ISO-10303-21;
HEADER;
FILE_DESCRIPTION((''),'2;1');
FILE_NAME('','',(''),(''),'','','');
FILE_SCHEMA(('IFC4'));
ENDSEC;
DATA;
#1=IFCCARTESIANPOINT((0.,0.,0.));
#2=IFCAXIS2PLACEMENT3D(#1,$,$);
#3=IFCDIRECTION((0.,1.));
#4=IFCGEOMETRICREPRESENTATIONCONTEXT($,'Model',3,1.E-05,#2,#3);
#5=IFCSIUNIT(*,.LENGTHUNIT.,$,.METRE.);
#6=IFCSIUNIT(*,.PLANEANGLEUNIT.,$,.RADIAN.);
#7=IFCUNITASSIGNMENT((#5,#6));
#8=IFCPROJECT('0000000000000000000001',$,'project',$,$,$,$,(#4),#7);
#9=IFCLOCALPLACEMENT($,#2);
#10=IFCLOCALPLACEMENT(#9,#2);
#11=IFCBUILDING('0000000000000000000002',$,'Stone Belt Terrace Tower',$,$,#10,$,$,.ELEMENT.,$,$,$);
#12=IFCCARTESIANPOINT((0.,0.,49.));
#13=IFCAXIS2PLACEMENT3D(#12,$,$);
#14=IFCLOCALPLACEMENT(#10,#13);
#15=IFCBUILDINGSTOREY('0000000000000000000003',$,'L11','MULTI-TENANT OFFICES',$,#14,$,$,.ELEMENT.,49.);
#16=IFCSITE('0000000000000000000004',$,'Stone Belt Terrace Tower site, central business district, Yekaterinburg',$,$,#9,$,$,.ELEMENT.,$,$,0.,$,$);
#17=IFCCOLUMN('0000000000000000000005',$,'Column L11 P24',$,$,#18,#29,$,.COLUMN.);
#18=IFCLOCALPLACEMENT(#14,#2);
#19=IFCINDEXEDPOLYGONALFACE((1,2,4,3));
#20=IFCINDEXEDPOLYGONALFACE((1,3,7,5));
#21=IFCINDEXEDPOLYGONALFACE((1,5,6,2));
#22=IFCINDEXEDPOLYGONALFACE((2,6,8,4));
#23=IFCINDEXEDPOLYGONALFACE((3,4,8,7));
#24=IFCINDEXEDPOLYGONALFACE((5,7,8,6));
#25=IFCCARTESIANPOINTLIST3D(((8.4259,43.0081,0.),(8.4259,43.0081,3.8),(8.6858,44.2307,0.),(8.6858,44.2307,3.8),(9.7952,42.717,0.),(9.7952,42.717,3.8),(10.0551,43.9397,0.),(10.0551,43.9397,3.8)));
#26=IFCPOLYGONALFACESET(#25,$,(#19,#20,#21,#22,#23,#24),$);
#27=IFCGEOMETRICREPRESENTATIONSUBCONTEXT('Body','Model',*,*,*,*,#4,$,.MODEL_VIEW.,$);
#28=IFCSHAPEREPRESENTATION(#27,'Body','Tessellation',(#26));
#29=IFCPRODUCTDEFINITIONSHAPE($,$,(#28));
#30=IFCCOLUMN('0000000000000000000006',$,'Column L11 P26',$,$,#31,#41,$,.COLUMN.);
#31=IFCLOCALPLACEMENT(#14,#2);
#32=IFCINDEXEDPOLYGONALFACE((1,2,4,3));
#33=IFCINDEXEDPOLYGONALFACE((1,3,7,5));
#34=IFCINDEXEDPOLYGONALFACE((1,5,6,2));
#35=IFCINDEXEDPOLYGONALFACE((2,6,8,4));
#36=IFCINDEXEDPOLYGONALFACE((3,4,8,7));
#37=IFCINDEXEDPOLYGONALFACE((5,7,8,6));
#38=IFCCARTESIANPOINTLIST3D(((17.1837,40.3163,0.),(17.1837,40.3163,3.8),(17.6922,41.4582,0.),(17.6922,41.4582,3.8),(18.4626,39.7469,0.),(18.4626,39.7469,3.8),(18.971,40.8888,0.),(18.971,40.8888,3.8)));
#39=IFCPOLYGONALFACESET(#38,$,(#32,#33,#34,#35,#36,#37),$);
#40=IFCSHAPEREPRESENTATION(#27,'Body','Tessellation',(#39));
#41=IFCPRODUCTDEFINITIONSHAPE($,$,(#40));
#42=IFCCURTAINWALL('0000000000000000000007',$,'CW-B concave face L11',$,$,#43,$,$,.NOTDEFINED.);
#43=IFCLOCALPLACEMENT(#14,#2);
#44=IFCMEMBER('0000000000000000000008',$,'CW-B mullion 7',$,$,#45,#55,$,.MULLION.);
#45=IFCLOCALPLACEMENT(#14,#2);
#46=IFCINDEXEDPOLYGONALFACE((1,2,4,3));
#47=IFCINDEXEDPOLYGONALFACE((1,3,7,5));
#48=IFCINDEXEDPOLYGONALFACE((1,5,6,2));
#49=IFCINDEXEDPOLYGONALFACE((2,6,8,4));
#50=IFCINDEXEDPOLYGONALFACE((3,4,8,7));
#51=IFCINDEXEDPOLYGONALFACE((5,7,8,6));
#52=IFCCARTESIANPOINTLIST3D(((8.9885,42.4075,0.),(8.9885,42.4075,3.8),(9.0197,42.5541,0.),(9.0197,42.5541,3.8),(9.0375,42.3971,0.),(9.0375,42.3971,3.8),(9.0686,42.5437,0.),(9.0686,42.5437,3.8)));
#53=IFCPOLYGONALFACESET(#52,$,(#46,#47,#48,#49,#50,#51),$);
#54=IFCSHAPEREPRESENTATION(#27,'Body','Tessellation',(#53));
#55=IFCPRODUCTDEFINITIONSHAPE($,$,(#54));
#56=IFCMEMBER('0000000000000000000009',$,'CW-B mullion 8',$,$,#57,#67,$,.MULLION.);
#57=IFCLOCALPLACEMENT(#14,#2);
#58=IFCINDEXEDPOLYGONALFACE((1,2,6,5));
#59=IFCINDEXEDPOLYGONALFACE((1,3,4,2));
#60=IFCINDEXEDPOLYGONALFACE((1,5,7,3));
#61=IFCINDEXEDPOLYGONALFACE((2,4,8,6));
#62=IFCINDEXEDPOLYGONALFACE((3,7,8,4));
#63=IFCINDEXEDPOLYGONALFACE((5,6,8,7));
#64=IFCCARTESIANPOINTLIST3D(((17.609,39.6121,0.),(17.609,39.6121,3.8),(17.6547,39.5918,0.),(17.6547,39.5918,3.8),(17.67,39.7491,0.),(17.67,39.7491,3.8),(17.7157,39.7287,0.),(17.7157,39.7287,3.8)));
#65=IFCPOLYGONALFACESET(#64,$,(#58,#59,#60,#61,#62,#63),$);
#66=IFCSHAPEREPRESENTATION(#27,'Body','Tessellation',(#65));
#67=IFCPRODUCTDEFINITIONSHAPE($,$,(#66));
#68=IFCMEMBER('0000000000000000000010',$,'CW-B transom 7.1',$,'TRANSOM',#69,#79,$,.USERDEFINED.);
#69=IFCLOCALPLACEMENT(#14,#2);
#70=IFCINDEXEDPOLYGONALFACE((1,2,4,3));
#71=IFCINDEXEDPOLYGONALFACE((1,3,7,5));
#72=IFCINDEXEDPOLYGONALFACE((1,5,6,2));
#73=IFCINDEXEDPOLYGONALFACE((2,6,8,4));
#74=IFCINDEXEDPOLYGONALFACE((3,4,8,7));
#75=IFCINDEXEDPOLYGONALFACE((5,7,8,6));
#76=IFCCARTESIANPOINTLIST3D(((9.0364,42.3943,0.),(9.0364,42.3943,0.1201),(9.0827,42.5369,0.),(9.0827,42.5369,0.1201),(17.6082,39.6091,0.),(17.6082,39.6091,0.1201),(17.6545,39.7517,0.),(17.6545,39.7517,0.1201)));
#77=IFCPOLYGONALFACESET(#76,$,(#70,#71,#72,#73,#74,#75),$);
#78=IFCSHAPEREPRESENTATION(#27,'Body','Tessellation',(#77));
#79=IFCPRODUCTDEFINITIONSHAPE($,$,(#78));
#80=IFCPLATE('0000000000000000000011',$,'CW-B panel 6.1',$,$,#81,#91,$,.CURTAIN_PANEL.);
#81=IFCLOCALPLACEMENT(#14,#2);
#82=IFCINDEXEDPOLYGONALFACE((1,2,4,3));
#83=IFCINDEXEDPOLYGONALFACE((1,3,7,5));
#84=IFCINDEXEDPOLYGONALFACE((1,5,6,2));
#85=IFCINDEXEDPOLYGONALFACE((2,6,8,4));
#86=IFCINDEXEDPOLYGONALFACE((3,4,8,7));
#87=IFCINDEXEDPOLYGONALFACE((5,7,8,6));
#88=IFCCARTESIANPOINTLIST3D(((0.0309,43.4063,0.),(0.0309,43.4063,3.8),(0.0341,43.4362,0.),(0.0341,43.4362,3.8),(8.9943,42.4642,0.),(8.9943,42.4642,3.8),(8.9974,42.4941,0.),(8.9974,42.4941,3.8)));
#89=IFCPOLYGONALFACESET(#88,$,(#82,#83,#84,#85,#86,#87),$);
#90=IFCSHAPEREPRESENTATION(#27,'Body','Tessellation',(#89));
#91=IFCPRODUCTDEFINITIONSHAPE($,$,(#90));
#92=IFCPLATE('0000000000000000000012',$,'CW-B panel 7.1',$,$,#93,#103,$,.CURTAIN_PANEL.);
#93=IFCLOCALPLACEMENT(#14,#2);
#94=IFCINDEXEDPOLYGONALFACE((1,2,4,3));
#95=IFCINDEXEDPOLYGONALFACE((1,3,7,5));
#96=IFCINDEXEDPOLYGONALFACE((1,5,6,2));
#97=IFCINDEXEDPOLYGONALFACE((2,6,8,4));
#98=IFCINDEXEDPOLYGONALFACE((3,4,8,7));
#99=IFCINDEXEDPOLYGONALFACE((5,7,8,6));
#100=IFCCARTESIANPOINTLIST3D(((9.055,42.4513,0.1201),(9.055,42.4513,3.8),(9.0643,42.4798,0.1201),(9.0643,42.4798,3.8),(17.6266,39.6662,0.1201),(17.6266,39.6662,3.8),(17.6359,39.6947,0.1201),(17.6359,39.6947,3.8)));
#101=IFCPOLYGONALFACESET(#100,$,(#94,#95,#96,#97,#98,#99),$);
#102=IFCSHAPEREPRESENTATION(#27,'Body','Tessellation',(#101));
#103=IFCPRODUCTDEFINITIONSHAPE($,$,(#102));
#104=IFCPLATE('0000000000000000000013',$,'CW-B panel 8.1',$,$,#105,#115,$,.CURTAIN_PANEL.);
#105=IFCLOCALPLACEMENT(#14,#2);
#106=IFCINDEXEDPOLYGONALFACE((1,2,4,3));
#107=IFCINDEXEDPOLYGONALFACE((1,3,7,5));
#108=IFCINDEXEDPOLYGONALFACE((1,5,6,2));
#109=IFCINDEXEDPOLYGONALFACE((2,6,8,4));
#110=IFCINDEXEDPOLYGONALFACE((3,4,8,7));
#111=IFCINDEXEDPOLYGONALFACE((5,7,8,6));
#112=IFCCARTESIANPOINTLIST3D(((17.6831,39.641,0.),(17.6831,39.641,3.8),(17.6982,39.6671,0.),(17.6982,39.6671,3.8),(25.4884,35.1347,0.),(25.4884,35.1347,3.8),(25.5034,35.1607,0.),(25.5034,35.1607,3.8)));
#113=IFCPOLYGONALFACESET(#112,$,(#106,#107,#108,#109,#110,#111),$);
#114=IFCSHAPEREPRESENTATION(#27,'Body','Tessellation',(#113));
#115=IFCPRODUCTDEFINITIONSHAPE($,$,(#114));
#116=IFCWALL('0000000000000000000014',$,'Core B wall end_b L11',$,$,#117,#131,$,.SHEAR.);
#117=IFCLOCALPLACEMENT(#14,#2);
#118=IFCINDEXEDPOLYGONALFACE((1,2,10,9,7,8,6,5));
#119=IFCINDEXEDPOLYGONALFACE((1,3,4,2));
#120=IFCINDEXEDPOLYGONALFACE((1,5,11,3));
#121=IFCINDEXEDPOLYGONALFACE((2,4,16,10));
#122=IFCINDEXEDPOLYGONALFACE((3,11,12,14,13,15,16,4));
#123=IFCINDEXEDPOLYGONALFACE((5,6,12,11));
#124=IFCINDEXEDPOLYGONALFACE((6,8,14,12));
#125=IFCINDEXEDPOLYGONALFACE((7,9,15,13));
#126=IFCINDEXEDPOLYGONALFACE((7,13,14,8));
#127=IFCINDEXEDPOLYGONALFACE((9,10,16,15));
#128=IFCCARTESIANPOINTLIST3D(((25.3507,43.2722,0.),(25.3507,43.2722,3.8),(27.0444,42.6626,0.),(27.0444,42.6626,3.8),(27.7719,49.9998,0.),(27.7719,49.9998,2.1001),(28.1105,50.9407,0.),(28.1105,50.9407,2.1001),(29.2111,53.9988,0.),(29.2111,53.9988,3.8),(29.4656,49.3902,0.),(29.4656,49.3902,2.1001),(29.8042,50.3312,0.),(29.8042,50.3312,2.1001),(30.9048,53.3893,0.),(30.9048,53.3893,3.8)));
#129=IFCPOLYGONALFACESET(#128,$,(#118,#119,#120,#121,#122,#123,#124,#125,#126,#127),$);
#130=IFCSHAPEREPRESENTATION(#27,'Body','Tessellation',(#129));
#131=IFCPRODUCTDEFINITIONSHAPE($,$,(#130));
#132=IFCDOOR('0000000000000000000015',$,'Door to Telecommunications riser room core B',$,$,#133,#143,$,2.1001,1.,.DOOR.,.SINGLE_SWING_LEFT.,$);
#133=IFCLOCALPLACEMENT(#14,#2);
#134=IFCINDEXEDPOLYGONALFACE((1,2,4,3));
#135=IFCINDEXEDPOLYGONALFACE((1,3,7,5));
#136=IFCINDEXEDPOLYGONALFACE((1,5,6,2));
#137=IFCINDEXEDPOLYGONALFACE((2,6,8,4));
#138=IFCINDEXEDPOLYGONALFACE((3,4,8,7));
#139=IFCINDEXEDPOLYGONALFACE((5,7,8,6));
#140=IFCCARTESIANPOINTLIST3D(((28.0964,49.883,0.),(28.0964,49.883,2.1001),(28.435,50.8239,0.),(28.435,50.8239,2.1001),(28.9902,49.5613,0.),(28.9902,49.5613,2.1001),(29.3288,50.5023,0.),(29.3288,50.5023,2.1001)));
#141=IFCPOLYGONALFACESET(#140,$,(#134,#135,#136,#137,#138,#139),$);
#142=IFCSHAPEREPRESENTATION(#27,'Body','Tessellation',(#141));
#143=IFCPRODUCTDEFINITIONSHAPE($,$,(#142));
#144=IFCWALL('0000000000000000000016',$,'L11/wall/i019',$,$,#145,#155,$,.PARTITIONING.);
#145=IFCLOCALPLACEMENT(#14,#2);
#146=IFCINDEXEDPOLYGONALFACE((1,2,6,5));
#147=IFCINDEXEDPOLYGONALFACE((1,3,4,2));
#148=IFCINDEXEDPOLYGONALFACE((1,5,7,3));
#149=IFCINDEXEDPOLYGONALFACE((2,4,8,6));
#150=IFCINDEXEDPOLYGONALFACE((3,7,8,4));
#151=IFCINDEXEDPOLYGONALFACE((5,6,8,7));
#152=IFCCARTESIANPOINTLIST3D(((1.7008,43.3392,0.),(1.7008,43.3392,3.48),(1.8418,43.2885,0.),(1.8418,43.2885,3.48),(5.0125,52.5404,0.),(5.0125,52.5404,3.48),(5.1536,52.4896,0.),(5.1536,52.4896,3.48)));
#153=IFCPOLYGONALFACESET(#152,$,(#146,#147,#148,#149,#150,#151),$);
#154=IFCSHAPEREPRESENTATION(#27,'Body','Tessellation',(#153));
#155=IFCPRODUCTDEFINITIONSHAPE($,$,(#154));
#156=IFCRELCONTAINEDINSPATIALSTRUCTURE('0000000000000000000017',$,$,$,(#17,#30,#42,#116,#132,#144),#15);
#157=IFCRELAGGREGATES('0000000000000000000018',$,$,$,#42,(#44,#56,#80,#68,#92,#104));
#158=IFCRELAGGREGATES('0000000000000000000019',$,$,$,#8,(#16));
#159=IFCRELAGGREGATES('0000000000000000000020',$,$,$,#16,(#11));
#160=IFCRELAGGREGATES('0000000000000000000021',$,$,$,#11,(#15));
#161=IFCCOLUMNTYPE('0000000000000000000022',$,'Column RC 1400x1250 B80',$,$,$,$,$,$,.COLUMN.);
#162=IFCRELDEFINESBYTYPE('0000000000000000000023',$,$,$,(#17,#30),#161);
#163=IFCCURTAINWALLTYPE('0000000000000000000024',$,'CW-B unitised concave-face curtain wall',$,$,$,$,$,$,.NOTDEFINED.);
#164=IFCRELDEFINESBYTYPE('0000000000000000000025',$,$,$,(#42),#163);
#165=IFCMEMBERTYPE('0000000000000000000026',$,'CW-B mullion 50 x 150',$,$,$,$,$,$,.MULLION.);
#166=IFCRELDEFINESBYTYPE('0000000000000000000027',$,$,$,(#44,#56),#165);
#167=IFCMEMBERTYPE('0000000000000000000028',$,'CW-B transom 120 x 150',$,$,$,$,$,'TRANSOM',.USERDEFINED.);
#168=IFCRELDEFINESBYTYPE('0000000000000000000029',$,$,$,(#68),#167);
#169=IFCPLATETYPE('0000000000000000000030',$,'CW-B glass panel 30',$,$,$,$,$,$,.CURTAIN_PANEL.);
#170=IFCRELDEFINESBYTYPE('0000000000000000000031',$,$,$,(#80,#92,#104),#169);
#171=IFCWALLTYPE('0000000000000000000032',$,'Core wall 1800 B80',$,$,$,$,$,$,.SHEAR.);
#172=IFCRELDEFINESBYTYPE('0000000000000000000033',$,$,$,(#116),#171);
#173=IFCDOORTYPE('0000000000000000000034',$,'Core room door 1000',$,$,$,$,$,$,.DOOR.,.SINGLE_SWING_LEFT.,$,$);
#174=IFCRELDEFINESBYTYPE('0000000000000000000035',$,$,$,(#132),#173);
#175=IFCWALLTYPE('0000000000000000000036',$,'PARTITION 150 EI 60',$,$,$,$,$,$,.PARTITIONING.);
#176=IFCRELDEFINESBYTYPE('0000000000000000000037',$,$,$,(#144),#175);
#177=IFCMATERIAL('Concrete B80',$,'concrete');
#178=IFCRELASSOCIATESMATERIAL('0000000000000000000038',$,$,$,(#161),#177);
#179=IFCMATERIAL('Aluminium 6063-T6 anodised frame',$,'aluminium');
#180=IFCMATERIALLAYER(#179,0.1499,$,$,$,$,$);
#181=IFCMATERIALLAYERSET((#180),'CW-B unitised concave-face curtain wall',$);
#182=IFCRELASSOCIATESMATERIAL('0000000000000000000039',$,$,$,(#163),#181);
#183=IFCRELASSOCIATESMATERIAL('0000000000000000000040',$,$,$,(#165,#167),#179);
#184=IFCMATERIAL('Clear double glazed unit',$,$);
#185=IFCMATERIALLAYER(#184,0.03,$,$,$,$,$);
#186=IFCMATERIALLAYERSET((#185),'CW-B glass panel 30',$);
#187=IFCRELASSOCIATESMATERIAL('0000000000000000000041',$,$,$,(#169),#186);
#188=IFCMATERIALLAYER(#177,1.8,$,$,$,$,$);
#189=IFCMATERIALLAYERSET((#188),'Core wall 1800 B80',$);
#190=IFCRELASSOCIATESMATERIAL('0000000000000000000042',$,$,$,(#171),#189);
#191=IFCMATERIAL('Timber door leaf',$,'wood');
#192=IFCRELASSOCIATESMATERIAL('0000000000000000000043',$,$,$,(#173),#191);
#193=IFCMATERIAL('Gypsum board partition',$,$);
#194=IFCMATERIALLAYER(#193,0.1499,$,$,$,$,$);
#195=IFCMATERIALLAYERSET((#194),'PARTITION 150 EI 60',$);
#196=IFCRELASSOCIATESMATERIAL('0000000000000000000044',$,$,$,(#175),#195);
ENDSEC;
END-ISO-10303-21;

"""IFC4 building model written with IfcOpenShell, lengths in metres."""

from ifc_helpers import new_model, si_unit, direction, frame, frame_2d, origin, origin_2d, place, context, subcontext, project, spatial, rectangle, extrude, material, layer, layer_set, material_profile, profile_set, type_object, element, fill, aggregate, save


model = new_model("IFC4")

# Units and contexts
model_context = context("Model", 3, precision=1e-05, world=origin(), true_north=direction((0.0, 1.0)))
body_context = subcontext(model_context, "Body", "Model", "MODEL_VIEW")
ifc_project = project(units=[si_unit("LENGTHUNIT", "METRE"), si_unit("PLANEANGLEUNIT", "RADIAN")], contexts=[model_context])

# Site, building, storey
site_placement = place(None, origin())
site = spatial("IfcSite", under=ifc_project, at=site_placement, Name="Stone Belt Terrace Tower site, central business district, Yekaterinburg", CompositionType="ELEMENT", RefElevation=0.0)
building_placement = place(site_placement, origin())
building = spatial("IfcBuilding", under=site, at=building_placement, Name="Stone Belt Terrace Tower", CompositionType="ELEMENT")
storey_placement = place(building_placement, frame((0.0, 0.0, 49.0)))
storey = spatial("IfcBuildingStorey", under=building, at=storey_placement, Name="L11", Description="MULTI-TENANT OFFICES", CompositionType="ELEMENT", Elevation=49.0)

# Columns
ifc_material_1 = material(Name="Concrete B80", Category="concrete")
ifc_material_profile_1 = material_profile(ifc_material_1, rectangle(XDim=1.3999, YDim=1.25, at=origin_2d()), Name="RC 1400x1250")
ifc_profile_set_1 = profile_set([ifc_material_profile_1], Name="Concrete B80")
column_type = type_object("IfcColumnType", Name="Column RC 1400x1250 B80", PredefinedType="COLUMN", material=ifc_profile_set_1)
for number, where, z_axis, x_axis, name in (
    (1, (9.2405, 43.4739, 0.0), (0.0, 0.0, 1.0), (0.978148, -0.207912, 0.0), "Column L11 P24"),
    (2, (18.0774, 40.6025, 0.0), (0.0, 0.0, 1.0), (0.913545, -0.406737, 0.0), "Column L11 P26"),
):
    element("IfcColumn", number, at=place(storey_placement, frame(where, z_axis=z_axis, x_axis=x_axis)), inside=storey, type_object=column_type, Name=name, PredefinedType="COLUMN", context=body_context, shape_type="SweptSolid", body=[
        extrude(rectangle(XDim=1.3999, YDim=1.25, at=origin_2d()), origin(), (0.0, 0.0, 1.0), 3.8),
    ])

# Curtain wall, members, plates
ifc_material_2 = material(Name="Aluminium 6063-T6 anodised frame", Category="aluminium")
ifc_layer_1 = layer(ifc_material_2, 0.1499)
ifc_layer_set_1 = layer_set([ifc_layer_1], Name="CW-B unitised concave-face curtain wall")
curtain_wall_type = type_object("IfcCurtainWallType", Name="CW-B unitised concave-face curtain wall", PredefinedType="NOTDEFINED", material=ifc_layer_set_1)
curtain_wall_placement = place(storey_placement, origin())
curtain_wall = element("IfcCurtainWall", 3, at=curtain_wall_placement, inside=storey, type_object=curtain_wall_type, Name="CW-B concave face L11", PredefinedType="NOTDEFINED")
ifc_material_profile_2 = material_profile(ifc_material_2, rectangle(XDim=0.1499, YDim=0.05, at=origin_2d()), Name="Aluminium 6063-T6 50x150")
ifc_profile_set_2 = profile_set([ifc_material_profile_2], Name="Aluminium 6063-T6 anodised frame")
member_type_1 = type_object("IfcMemberType", Name="CW-B mullion 50 x 150", PredefinedType="MULLION", material=ifc_profile_set_2)
member_1_placement = place(storey_placement, frame((9.0286, 42.4756, 0.0), z_axis=(0.0, 0.0, 1.0), x_axis=(0.207912, 0.978148, 0.0)))
member_1 = element("IfcMember", 4, at=member_1_placement, type_object=member_type_1, Name="CW-B mullion 7", PredefinedType="MULLION", context=body_context, shape_type="SweptSolid", body=[
    extrude(rectangle(XDim=0.1499, YDim=0.05, at=origin_2d()), origin(), (0.0, 0.0, 1.0), 3.8),
])
member_2_placement = place(storey_placement, frame((17.6624, 39.6704, 0.0), z_axis=(0.0, 0.0, 1.0), x_axis=(0.406737, 0.913545, 0.0)))
member_2 = element("IfcMember", 5, at=member_2_placement, type_object=member_type_1, Name="CW-B mullion 8", PredefinedType="MULLION", context=body_context, shape_type="SweptSolid", body=[
    extrude(rectangle(XDim=0.1499, YDim=0.05, at=origin_2d()), origin(), (0.0, 0.0, 1.0), 3.8),
])
ifc_material_profile_3 = material_profile(ifc_material_2, rectangle(XDim=0.1499, YDim=0.1201, at=origin_2d()), Name="Aluminium 6063-T6 150x120")
ifc_profile_set_3 = profile_set([ifc_material_profile_3], Name="Aluminium 6063-T6 anodised frame")
member_type_2 = type_object("IfcMemberType", Name="CW-B transom 120 x 150", ElementType="TRANSOM", PredefinedType="USERDEFINED", material=ifc_profile_set_3)
member_3_placement = place(storey_placement, frame((9.0596, 42.4656, 0.0601), z_axis=(0.951056, -0.309019, 0.0), x_axis=(0.309019, 0.951056, 0.0)))
member_3 = element("IfcMember", 6, at=member_3_placement, type_object=member_type_2, Name="CW-B transom 7.1", ObjectType="TRANSOM", PredefinedType="USERDEFINED", context=body_context, shape_type="SweptSolid", body=[
    extrude(rectangle(XDim=0.1499, YDim=0.1201, at=origin_2d()), origin(), (0.0, 0.0, 1.0), 9.0129),
])
ifc_material_3 = material(Name="Clear double glazed unit")
ifc_layer_2 = layer(ifc_material_3, 0.03)
ifc_layer_set_2 = layer_set([ifc_layer_2], Name="CW-B glass panel 30")
plate_type = type_object("IfcPlateType", Name="CW-B glass panel 30", PredefinedType="CURTAIN_PANEL", material=ifc_layer_set_2)
plate_1_placement = place(storey_placement, frame((4.5142, 42.9502, 0.0), z_axis=(0.0, 0.0, 1.0), x_axis=(0.994522, -0.104528, 0.0)))
plate_1 = element("IfcPlate", 7, at=plate_1_placement, type_object=plate_type, Name="CW-B panel 6.1", PredefinedType="CURTAIN_PANEL", context=body_context, shape_type="SweptSolid", body=[
    extrude(rectangle(XDim=9.0127, YDim=0.03, at=origin_2d()), origin(), (0.0, 0.0, 1.0), 3.8),
])
plate_2_placement = place(storey_placement, frame((13.3455, 41.073, 0.1201), z_axis=(0.0, 0.0, 1.0), x_axis=(0.951057, -0.309017, 0.0)))
plate_2 = element("IfcPlate", 8, at=plate_2_placement, type_object=plate_type, Name="CW-B panel 7.1", PredefinedType="CURTAIN_PANEL", context=body_context, shape_type="SweptSolid", body=[
    extrude(rectangle(XDim=9.0127, YDim=0.03, at=origin_2d()), origin(), (0.0, 0.0, 1.0), 3.6799),
])
plate_3_placement = place(storey_placement, frame((21.5933, 37.4009, 0.0), z_axis=(0.0, 0.0, 1.0), x_axis=(0.866025, -0.5, 0.0)))
plate_3 = element("IfcPlate", 9, at=plate_3_placement, type_object=plate_type, Name="CW-B panel 8.1", PredefinedType="CURTAIN_PANEL", context=body_context, shape_type="SweptSolid", body=[
    extrude(rectangle(XDim=9.0127, YDim=0.03, at=origin_2d()), origin(), (0.0, 0.0, 1.0), 3.8),
])
aggregate(curtain_wall, [member_1, member_2, plate_1, member_3, plate_2, plate_3])

# Wall, opening, door
ifc_layer_3 = layer(ifc_material_1, 1.8)
ifc_layer_set_3 = layer_set([ifc_layer_3], Name="Core wall 1800 B80")
wall_type_1 = type_object("IfcWallType", Name="Core wall 1800 B80", PredefinedType="SHEAR", material=ifc_layer_set_3)
wall_1_placement = place(storey_placement, frame((26.1975, 42.9673, 0.0), z_axis=(0.0, 0.0, 1.0), x_axis=(0.338625, 0.940921, 0.0)))
wall_1 = element("IfcWall", 10, at=wall_1_placement, inside=storey, type_object=wall_type_1, Name="Core B wall end_b L11", PredefinedType="SHEAR", context=body_context, shape_type="SweptSolid", body=[
    extrude(rectangle(XDim=11.4001, YDim=1.8, at=frame_2d((5.7002, 0.0))), origin(), (0.0, 0.0, 1.0), 3.8),
])
opening_1_placement = place(wall_1_placement, frame((7.1501, 0.0, 0.0)))
opening_1 = element("IfcOpeningElement", 11, at=opening_1_placement, cuts=wall_1, PredefinedType="OPENING", context=body_context, shape_type="SweptSolid", body=[
    extrude(rectangle(XDim=1.0, YDim=2.1001, at=frame_2d((0.5, 1.05))), frame((0.0, 0.9099, 0.0), z_axis=(0.0, -1.0, 0.0), x_axis=(1.0, 0.0, 0.0)), (0.0, 0.0, 1.0), 1.8201),
])
ifc_material_4 = material(Name="Timber door leaf", Category="wood")
door_type_1 = type_object("IfcDoorType", Name="Core room door 1000", OperationType="SINGLE_SWING_LEFT", PredefinedType="DOOR", material=ifc_material_4)
door_1_placement = place(opening_1_placement, origin())
door_1 = element("IfcDoor", 12, at=door_1_placement, inside=storey, type_object=door_type_1, Name="Door to Telecommunications riser room core B", OperationType="SINGLE_SWING_LEFT", OverallHeight=2.1001, OverallWidth=1.0, PredefinedType="DOOR", context=body_context, shape_type="SweptSolid", body=[
    extrude(rectangle(XDim=1.0, YDim=2.1001, at=frame_2d((0.5, 1.05))), frame((0.0, 0.5552, 0.0), z_axis=(0.0, -1.0, 0.0), x_axis=(1.0, 0.0, 0.0)), (0.0, 0.0, 1.0), 0.95),
])
fill(opening_1, door_1)

# Wall
ifc_material_5 = material(Name="Gypsum board partition")
ifc_layer_4 = layer(ifc_material_5, 0.1499)
ifc_layer_set_4 = layer_set([ifc_layer_4], Name="PARTITION 150 EI 60")
wall_type_2 = type_object("IfcWallType", Name="PARTITION 150 EI 60", PredefinedType="PARTITIONING", material=ifc_layer_set_4)
wall_2_placement = place(storey_placement, frame((1.7712, 43.3137, 0.0), z_axis=(0.0, 0.0, 1.0), x_axis=(0.33866, 0.940909, 0.0)))
element("IfcWall", 13, at=wall_2_placement, inside=storey, type_object=wall_type_2, Name="L11/wall/i019", PredefinedType="PARTITIONING", context=body_context, shape_type="SweptSolid", body=[
    extrude(rectangle(XDim=9.7791, YDim=0.1499, at=frame_2d((4.8896, 0.0))), origin(), (0.0, 0.0, 1.0), 3.48),
])

save(model, "model.ifc")
